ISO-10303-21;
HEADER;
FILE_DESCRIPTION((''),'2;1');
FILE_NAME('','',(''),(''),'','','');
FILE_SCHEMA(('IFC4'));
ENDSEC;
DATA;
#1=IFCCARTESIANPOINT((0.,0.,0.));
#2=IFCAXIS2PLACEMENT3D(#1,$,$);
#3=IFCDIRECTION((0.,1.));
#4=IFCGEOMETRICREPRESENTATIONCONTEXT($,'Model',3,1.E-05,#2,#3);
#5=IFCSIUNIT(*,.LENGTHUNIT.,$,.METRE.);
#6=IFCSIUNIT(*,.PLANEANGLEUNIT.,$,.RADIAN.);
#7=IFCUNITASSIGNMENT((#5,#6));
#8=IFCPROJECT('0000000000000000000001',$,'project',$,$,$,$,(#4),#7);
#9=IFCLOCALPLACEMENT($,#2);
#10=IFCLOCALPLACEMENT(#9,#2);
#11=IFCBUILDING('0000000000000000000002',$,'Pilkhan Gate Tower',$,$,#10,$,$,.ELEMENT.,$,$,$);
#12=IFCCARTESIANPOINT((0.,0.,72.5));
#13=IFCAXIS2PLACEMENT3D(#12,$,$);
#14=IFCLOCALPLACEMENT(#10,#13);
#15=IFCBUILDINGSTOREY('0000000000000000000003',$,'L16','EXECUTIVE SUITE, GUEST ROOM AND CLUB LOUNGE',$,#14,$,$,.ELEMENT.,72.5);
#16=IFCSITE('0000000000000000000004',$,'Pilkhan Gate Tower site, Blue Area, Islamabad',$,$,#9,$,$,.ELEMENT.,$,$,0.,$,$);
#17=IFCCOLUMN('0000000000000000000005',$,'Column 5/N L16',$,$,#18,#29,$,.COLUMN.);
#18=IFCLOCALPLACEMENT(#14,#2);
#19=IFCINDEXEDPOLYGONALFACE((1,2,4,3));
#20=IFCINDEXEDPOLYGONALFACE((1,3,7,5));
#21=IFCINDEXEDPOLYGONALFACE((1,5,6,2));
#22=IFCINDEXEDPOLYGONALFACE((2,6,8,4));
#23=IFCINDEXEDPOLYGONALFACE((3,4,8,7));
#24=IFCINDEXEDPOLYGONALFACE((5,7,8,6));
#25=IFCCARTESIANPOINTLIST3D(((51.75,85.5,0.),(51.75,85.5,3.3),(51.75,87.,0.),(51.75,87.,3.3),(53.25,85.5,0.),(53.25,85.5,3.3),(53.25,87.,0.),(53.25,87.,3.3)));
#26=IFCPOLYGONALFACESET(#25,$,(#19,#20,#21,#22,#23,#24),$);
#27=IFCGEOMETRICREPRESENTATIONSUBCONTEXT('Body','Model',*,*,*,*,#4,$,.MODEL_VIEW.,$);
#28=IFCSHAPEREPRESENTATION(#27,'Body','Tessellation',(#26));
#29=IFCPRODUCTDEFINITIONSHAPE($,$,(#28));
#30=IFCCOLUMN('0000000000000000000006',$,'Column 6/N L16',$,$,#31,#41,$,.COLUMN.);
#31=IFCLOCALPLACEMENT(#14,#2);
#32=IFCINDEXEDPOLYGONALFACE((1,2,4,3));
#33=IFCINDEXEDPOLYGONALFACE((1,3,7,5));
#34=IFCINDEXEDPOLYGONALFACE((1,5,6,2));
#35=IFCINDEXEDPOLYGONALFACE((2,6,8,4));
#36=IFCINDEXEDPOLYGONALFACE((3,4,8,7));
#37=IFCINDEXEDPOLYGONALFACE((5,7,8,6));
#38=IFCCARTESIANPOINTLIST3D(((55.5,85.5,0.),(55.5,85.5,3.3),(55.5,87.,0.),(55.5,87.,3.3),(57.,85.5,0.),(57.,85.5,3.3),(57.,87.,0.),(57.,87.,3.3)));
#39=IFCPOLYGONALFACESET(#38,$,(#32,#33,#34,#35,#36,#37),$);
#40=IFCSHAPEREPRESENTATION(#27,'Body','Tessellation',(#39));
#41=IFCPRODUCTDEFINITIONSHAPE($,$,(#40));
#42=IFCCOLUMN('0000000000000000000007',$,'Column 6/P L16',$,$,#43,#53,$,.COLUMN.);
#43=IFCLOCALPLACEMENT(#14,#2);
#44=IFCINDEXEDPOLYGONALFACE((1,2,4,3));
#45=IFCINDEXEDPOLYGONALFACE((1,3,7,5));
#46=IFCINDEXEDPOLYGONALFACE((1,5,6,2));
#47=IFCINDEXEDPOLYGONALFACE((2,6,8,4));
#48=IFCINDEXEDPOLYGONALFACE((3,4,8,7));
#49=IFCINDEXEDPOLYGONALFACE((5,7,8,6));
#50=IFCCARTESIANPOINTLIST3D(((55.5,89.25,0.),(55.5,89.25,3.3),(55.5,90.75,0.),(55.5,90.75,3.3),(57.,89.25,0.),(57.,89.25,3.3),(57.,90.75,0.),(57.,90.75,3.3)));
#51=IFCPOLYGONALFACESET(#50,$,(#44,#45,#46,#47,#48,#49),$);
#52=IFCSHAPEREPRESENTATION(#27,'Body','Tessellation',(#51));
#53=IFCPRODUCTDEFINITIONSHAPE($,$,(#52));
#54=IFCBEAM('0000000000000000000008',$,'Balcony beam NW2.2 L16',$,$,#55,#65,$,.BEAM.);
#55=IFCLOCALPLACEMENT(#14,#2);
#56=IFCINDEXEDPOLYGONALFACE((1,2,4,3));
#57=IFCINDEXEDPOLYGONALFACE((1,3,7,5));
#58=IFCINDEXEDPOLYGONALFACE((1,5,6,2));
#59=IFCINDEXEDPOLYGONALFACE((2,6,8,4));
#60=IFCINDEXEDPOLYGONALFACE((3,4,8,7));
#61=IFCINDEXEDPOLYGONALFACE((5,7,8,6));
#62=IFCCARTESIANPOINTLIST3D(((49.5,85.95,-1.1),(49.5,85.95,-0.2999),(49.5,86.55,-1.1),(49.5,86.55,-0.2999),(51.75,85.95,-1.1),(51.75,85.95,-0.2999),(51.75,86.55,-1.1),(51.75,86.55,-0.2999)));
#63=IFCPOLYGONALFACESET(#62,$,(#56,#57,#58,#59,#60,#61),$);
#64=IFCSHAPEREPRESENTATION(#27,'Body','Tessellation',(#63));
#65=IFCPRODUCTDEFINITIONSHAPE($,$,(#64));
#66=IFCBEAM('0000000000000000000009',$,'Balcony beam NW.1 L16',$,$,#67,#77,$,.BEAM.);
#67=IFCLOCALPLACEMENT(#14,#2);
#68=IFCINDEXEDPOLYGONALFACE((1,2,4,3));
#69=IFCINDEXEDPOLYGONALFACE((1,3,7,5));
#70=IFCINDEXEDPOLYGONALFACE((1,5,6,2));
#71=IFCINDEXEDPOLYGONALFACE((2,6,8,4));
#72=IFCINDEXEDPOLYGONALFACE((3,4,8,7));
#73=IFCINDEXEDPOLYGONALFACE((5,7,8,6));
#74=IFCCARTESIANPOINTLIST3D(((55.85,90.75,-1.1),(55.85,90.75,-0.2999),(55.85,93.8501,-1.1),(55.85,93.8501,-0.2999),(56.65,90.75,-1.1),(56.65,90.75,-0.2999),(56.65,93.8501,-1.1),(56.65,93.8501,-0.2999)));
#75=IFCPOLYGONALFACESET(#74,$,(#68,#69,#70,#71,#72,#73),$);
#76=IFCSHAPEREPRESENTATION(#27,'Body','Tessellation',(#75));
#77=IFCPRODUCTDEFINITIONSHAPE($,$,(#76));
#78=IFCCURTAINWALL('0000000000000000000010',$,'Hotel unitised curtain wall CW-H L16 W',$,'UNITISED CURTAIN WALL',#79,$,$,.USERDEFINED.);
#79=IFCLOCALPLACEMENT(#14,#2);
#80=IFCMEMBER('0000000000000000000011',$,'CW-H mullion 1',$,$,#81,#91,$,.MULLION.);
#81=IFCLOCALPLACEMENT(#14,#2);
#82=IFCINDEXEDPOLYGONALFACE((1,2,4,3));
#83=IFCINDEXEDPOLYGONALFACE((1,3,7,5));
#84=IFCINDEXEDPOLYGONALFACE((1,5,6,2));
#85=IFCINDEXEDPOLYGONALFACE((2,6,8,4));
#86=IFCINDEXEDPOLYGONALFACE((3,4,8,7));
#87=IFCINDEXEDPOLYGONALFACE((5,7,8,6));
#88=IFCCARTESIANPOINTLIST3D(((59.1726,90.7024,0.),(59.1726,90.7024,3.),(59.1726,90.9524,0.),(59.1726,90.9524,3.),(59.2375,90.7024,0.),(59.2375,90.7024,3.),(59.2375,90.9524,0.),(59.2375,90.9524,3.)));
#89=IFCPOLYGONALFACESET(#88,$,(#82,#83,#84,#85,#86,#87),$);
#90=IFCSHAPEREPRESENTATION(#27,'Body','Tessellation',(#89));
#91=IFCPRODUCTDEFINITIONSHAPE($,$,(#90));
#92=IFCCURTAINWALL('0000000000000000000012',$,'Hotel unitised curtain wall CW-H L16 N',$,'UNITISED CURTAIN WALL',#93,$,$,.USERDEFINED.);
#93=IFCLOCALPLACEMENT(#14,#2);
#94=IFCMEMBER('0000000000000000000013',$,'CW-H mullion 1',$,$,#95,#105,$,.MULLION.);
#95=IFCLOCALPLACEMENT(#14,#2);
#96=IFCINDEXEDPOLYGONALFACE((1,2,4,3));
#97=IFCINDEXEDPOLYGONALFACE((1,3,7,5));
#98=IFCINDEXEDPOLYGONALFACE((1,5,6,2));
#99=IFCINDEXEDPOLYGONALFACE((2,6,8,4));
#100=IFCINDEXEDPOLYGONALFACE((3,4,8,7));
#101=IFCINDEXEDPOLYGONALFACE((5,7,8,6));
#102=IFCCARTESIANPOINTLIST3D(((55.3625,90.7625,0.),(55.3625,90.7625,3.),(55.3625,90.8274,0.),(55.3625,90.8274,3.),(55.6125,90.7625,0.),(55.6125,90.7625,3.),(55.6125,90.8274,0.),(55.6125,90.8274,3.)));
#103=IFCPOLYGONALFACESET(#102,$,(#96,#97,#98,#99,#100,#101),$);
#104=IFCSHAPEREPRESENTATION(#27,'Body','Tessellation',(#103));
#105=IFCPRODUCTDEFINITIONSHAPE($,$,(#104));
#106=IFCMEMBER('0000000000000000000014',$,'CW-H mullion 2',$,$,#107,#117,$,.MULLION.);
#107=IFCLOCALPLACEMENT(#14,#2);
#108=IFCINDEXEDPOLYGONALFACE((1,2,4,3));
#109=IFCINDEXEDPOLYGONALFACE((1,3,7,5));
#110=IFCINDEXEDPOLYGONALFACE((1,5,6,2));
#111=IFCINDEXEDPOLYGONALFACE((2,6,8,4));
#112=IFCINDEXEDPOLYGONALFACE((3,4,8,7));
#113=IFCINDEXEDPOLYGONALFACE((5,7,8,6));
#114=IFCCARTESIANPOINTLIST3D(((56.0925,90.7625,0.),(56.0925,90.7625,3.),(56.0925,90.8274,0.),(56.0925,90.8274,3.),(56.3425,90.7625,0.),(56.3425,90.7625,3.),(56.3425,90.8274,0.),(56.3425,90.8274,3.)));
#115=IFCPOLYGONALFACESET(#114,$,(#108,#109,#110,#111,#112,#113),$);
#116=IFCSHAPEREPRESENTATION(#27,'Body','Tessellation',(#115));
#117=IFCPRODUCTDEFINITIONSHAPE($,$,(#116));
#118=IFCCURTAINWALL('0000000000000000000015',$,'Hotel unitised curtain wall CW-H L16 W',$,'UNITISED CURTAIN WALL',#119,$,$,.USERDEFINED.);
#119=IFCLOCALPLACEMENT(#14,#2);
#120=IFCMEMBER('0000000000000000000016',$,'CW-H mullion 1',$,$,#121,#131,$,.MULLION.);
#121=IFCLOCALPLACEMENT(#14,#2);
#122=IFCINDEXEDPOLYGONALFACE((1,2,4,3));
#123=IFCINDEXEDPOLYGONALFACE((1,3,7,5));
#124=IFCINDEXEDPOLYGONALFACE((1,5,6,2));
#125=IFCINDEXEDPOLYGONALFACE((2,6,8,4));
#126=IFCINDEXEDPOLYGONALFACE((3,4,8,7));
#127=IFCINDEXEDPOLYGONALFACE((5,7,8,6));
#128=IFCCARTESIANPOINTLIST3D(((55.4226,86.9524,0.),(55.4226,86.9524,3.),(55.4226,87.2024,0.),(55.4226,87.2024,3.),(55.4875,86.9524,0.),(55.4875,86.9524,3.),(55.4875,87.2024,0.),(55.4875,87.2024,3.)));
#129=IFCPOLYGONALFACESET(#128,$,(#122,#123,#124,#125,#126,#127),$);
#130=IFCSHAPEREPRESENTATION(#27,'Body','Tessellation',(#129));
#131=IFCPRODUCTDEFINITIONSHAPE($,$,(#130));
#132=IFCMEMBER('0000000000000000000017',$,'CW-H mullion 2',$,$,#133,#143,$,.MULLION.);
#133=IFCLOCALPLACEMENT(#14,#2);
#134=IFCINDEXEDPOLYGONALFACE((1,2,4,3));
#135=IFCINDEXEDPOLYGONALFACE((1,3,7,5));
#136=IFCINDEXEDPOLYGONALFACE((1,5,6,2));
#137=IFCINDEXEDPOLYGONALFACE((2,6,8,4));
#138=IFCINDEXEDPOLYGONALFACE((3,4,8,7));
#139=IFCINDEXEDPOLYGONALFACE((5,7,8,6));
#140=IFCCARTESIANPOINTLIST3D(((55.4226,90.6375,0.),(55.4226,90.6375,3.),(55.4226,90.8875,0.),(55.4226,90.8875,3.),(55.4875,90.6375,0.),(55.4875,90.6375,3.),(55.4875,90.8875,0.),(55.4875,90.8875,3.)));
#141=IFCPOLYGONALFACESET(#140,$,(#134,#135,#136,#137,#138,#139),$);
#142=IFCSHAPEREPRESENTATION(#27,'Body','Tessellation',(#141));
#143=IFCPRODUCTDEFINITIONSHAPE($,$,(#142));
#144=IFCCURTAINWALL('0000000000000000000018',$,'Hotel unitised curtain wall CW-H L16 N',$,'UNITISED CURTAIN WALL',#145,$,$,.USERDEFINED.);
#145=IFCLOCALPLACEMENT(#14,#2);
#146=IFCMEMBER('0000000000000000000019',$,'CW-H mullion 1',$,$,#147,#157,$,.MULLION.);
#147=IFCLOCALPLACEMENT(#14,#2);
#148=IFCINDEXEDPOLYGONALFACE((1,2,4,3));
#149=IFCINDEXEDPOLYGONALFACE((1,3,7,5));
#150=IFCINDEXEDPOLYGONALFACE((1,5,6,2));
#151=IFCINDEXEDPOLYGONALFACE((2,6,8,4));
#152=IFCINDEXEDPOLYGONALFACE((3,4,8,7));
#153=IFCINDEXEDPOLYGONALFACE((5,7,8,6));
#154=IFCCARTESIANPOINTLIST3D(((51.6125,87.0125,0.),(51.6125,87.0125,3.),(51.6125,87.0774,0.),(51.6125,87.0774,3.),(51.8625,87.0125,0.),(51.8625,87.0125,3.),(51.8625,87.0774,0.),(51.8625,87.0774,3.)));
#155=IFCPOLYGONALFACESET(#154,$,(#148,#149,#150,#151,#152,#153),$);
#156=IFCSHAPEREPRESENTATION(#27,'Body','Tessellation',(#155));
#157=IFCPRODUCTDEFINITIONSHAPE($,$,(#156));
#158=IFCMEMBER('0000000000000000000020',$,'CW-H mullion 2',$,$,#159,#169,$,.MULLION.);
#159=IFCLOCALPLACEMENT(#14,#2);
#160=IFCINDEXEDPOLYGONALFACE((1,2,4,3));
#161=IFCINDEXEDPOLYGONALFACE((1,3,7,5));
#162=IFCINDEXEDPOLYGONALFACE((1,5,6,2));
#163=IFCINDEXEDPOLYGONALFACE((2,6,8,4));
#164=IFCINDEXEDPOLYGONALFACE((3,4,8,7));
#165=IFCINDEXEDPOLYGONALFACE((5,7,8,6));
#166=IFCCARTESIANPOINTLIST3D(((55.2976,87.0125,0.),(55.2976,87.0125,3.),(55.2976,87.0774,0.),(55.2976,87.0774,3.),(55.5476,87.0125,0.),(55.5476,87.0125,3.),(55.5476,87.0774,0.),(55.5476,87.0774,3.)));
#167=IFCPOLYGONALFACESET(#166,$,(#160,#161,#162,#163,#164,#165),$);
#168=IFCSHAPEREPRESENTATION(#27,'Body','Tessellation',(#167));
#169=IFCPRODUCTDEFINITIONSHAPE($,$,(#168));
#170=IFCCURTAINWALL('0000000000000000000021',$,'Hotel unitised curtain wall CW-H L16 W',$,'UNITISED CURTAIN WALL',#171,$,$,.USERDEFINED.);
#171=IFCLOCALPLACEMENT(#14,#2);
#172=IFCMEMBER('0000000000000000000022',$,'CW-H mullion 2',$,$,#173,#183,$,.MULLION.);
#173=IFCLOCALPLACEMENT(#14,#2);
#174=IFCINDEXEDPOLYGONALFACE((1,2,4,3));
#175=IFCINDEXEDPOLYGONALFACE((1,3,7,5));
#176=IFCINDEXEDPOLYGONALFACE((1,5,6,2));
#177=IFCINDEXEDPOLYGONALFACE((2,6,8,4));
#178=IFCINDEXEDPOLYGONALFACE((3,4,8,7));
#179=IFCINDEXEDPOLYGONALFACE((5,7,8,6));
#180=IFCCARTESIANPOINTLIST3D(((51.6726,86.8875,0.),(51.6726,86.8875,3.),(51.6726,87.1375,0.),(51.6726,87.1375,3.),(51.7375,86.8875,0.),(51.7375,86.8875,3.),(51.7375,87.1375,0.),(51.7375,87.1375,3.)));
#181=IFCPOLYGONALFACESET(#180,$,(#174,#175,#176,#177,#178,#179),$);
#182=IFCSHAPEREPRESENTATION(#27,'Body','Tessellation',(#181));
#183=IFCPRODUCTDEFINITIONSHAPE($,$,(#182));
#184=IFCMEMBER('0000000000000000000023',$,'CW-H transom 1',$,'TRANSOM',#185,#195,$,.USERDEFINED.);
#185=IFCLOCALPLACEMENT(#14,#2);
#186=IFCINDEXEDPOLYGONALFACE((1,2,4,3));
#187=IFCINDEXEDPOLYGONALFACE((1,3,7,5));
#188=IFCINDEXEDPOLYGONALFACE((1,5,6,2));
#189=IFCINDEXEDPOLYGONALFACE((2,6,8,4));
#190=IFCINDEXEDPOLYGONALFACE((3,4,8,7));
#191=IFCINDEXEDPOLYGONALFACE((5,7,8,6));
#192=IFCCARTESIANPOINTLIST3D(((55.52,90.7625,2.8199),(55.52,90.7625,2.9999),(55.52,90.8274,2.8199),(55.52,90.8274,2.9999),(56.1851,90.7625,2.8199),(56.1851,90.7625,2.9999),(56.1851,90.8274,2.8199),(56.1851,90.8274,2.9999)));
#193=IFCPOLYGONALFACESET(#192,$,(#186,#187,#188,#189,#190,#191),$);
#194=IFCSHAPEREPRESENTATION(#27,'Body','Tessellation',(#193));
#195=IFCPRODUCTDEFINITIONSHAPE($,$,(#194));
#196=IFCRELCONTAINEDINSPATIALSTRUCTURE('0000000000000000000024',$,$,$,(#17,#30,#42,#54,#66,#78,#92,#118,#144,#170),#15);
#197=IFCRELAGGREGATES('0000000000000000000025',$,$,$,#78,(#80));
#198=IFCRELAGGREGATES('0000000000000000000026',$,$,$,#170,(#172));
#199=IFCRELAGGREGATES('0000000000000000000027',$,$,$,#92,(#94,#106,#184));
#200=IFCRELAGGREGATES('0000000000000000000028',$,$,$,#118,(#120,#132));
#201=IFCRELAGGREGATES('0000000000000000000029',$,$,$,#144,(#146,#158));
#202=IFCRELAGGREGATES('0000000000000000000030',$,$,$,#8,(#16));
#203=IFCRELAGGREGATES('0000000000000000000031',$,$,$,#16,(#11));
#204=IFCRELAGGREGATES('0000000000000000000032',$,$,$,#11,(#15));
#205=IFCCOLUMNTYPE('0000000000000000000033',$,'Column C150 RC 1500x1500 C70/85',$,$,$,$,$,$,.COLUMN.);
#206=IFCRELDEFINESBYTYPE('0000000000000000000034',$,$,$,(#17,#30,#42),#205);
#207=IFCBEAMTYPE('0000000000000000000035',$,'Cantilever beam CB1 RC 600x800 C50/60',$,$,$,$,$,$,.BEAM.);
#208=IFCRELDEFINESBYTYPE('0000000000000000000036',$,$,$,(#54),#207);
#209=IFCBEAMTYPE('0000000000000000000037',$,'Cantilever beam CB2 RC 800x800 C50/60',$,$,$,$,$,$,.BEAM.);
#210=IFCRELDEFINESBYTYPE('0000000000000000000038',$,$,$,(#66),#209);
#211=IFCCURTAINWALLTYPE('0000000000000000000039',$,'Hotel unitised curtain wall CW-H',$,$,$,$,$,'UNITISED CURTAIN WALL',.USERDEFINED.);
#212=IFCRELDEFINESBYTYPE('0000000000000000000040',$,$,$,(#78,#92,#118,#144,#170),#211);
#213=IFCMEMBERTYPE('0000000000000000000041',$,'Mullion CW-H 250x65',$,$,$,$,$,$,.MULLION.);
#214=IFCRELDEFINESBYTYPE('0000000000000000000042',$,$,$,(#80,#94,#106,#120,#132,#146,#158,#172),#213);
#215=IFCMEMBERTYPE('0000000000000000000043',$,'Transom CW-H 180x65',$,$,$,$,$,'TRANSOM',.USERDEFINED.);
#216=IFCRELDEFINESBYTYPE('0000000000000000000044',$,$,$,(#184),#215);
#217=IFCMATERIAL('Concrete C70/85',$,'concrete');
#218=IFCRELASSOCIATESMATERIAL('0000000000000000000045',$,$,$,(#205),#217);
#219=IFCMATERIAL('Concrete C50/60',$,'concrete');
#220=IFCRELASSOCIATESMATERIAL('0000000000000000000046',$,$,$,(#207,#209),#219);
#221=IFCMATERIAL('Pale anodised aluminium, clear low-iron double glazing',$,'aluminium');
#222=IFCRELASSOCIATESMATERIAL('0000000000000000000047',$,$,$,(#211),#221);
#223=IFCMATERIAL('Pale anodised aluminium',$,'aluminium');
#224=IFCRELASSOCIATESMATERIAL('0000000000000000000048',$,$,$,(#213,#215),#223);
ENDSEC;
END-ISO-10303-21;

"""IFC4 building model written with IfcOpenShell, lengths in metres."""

from ifc_helpers import new_model, si_unit, direction, frame, origin, origin_2d, place, context, subcontext, project, spatial, rectangle, extrude, material, material_profile, profile_set, type_object, element, aggregate, save


model = new_model("IFC4")

# Units and contexts
model_context = context("Model", 3, precision=1e-05, world=origin(), true_north=direction((0.0, 1.0)))
body_context = subcontext(model_context, "Body", "Model", "MODEL_VIEW")
ifc_project = project(units=[si_unit("LENGTHUNIT", "METRE"), si_unit("PLANEANGLEUNIT", "RADIAN")], contexts=[model_context])

# Site, building, storey
site_placement = place(None, origin())
site = spatial("IfcSite", under=ifc_project, at=site_placement, Name="Pilkhan Gate Tower site, Blue Area, Islamabad", CompositionType="ELEMENT", RefElevation=0.0)
building_placement = place(site_placement, origin())
building = spatial("IfcBuilding", under=site, at=building_placement, Name="Pilkhan Gate Tower", CompositionType="ELEMENT")
storey_placement = place(building_placement, frame((0.0, 0.0, 72.5)))
storey = spatial("IfcBuildingStorey", under=building, at=storey_placement, Name="L16", Description="EXECUTIVE SUITE, GUEST ROOM AND CLUB LOUNGE", CompositionType="ELEMENT", Elevation=72.5)

# Columns
ifc_material_1 = material(Name="Concrete C70/85", Category="concrete")
ifc_material_profile_1 = material_profile(ifc_material_1, rectangle(XDim=1.5, YDim=1.5, at=origin_2d()), Name="RC 1500x1500")
ifc_profile_set_1 = profile_set([ifc_material_profile_1], Name="Concrete C70/85")
column_type = type_object("IfcColumnType", Name="Column C150 RC 1500x1500 C70/85", PredefinedType="COLUMN", material=ifc_profile_set_1)
for number, where, z_axis, x_axis, name in (
    (1, (52.5, 86.25, 0.0), (0.0, 0.0, 1.0), (1.0, 0.0, 0.0), "Column 5/N L16"),
    (2, (56.25, 86.25, 0.0), (0.0, 0.0, 1.0), (1.0, 0.0, 0.0), "Column 6/N L16"),
    (3, (56.25, 90.0, 0.0), (0.0, 0.0, 1.0), (1.0, 0.0, 0.0), "Column 6/P L16"),
):
    element("IfcColumn", number, at=place(storey_placement, frame(where, z_axis=z_axis, x_axis=x_axis)), inside=storey, type_object=column_type, Name=name, PredefinedType="COLUMN", context=body_context, shape_type="SweptSolid", body=[
        extrude(rectangle(XDim=1.5, YDim=1.5, at=origin_2d()), origin(), (0.0, 0.0, 1.0), 3.3),
    ])

# Beams
ifc_material_2 = material(Name="Concrete C50/60", Category="concrete")
ifc_material_profile_2 = material_profile(ifc_material_2, rectangle(XDim=0.6001, YDim=0.8, at=origin_2d()), Name="RC 600x800")
ifc_profile_set_2 = profile_set([ifc_material_profile_2], Name="Concrete C50/60")
beam_type_1 = type_object("IfcBeamType", Name="Cantilever beam CB1 RC 600x800 C50/60", PredefinedType="BEAM", material=ifc_profile_set_2)
beam_1_placement = place(storey_placement, frame((51.75, 86.25, -0.7), z_axis=(-1.0, 0.0, 0.0), x_axis=(0.0, -1.0, 0.0)))
element("IfcBeam", 4, at=beam_1_placement, inside=storey, type_object=beam_type_1, Name="Balcony beam NW2.2 L16", PredefinedType="BEAM", context=body_context, shape_type="SweptSolid", body=[
    extrude(rectangle(XDim=0.6001, YDim=0.8, at=origin_2d()), origin(), (0.0, 0.0, 1.0), 2.25),
])
ifc_material_profile_3 = material_profile(ifc_material_2, rectangle(XDim=0.8, YDim=0.8, at=origin_2d()), Name="RC 800x800")
ifc_profile_set_3 = profile_set([ifc_material_profile_3], Name="Concrete C50/60")
beam_type_2 = type_object("IfcBeamType", Name="Cantilever beam CB2 RC 800x800 C50/60", PredefinedType="BEAM", material=ifc_profile_set_3)
beam_2_placement = place(storey_placement, frame((56.25, 90.75, -0.7), z_axis=(0.0, 1.0, 0.0), x_axis=(-1.0, 0.0, 0.0)))
element("IfcBeam", 5, at=beam_2_placement, inside=storey, type_object=beam_type_2, Name="Balcony beam NW.1 L16", PredefinedType="BEAM", context=body_context, shape_type="SweptSolid", body=[
    extrude(rectangle(XDim=0.8, YDim=0.8, at=origin_2d()), origin(), (0.0, 0.0, 1.0), 3.1001),
])

# Curtain wall, member
ifc_material_3 = material(Name="Pale anodised aluminium, clear low-iron double glazing", Category="aluminium")
curtain_wall_type = type_object("IfcCurtainWallType", Name="Hotel unitised curtain wall CW-H", ElementType="UNITISED CURTAIN WALL", PredefinedType="USERDEFINED", material=ifc_material_3)
curtain_wall_1_placement = place(storey_placement, origin())
curtain_wall_1 = element("IfcCurtainWall", 6, at=curtain_wall_1_placement, inside=storey, type_object=curtain_wall_type, Name="Hotel unitised curtain wall CW-H L16 W", ObjectType="UNITISED CURTAIN WALL", PredefinedType="USERDEFINED")
ifc_material_4 = material(Name="Pale anodised aluminium", Category="aluminium")
ifc_material_profile_4 = material_profile(ifc_material_4, rectangle(XDim=0.0649, YDim=0.25, at=origin_2d()), Name="Mullion 250x65")
ifc_profile_set_4 = profile_set([ifc_material_profile_4], Name="Pale anodised aluminium")
member_type_1 = type_object("IfcMemberType", Name="Mullion CW-H 250x65", PredefinedType="MULLION", material=ifc_profile_set_4)
member_1_placement = place(storey_placement, frame((59.2051, 90.8274, 0.0), z_axis=(0.0, 0.0, 1.0), x_axis=(-1.0, 0.0, 0.0)))
member_1 = element("IfcMember", 7, at=member_1_placement, type_object=member_type_1, Name="CW-H mullion 1", PredefinedType="MULLION", context=body_context, shape_type="SweptSolid", body=[
    extrude(rectangle(XDim=0.0649, YDim=0.25, at=origin_2d()), origin(), (0.0, 0.0, 1.0), 3.0),
])
aggregate(curtain_wall_1, [member_1])

# Curtain walls, members
curtain_wall_2_placement = place(storey_placement, origin())
curtain_wall_2 = element("IfcCurtainWall", 8, at=curtain_wall_2_placement, inside=storey, type_object=curtain_wall_type, Name="Hotel unitised curtain wall CW-H L16 N", ObjectType="UNITISED CURTAIN WALL", PredefinedType="USERDEFINED")
member_2_placement = place(storey_placement, frame((55.4875, 90.7949, 0.0), z_axis=(0.0, 0.0, 1.0), x_axis=(0.0, 1.0, 0.0)))
member_2 = element("IfcMember", 9, at=member_2_placement, type_object=member_type_1, Name="CW-H mullion 1", PredefinedType="MULLION", context=body_context, shape_type="SweptSolid", body=[
    extrude(rectangle(XDim=0.0649, YDim=0.25, at=origin_2d()), origin(), (0.0, 0.0, 1.0), 3.0),
])
member_3_placement = place(storey_placement, frame((56.2175, 90.7949, 0.0), z_axis=(0.0, 0.0, 1.0), x_axis=(0.0, 1.0, 0.0)))
member_3 = element("IfcMember", 10, at=member_3_placement, type_object=member_type_1, Name="CW-H mullion 2", PredefinedType="MULLION", context=body_context, shape_type="SweptSolid", body=[
    extrude(rectangle(XDim=0.0649, YDim=0.25, at=origin_2d()), origin(), (0.0, 0.0, 1.0), 3.0),
])
curtain_wall_3_placement = place(storey_placement, origin())
curtain_wall_3 = element("IfcCurtainWall", 11, at=curtain_wall_3_placement, inside=storey, type_object=curtain_wall_type, Name="Hotel unitised curtain wall CW-H L16 W", ObjectType="UNITISED CURTAIN WALL", PredefinedType="USERDEFINED")
member_4_placement = place(storey_placement, frame((55.4551, 87.0774, 0.0), z_axis=(0.0, 0.0, 1.0), x_axis=(-1.0, 0.0, 0.0)))
member_4 = element("IfcMember", 12, at=member_4_placement, type_object=member_type_1, Name="CW-H mullion 1", PredefinedType="MULLION", context=body_context, shape_type="SweptSolid", body=[
    extrude(rectangle(XDim=0.0649, YDim=0.25, at=origin_2d()), origin(), (0.0, 0.0, 1.0), 3.0),
])
member_5_placement = place(storey_placement, frame((55.4551, 90.7625, 0.0), z_axis=(0.0, 0.0, 1.0), x_axis=(-1.0, 0.0, 0.0)))
member_5 = element("IfcMember", 13, at=member_5_placement, type_object=member_type_1, Name="CW-H mullion 2", PredefinedType="MULLION", context=body_context, shape_type="SweptSolid", body=[
    extrude(rectangle(XDim=0.0649, YDim=0.25, at=origin_2d()), origin(), (0.0, 0.0, 1.0), 3.0),
])
curtain_wall_4_placement = place(storey_placement, origin())
curtain_wall_4 = element("IfcCurtainWall", 14, at=curtain_wall_4_placement, inside=storey, type_object=curtain_wall_type, Name="Hotel unitised curtain wall CW-H L16 N", ObjectType="UNITISED CURTAIN WALL", PredefinedType="USERDEFINED")
member_6_placement = place(storey_placement, frame((51.7375, 87.0449, 0.0), z_axis=(0.0, 0.0, 1.0), x_axis=(0.0, 1.0, 0.0)))
member_6 = element("IfcMember", 15, at=member_6_placement, type_object=member_type_1, Name="CW-H mullion 1", PredefinedType="MULLION", context=body_context, shape_type="SweptSolid", body=[
    extrude(rectangle(XDim=0.0649, YDim=0.25, at=origin_2d()), origin(), (0.0, 0.0, 1.0), 3.0),
])
member_7_placement = place(storey_placement, frame((55.4226, 87.0449, 0.0), z_axis=(0.0, 0.0, 1.0), x_axis=(0.0, 1.0, 0.0)))
member_7 = element("IfcMember", 16, at=member_7_placement, type_object=member_type_1, Name="CW-H mullion 2", PredefinedType="MULLION", context=body_context, shape_type="SweptSolid", body=[
    extrude(rectangle(XDim=0.0649, YDim=0.25, at=origin_2d()), origin(), (0.0, 0.0, 1.0), 3.0),
])

# Curtain wall, member
curtain_wall_5_placement = place(storey_placement, origin())
curtain_wall_5 = element("IfcCurtainWall", 17, at=curtain_wall_5_placement, inside=storey, type_object=curtain_wall_type, Name="Hotel unitised curtain wall CW-H L16 W", ObjectType="UNITISED CURTAIN WALL", PredefinedType="USERDEFINED")
member_8_placement = place(storey_placement, frame((51.7051, 87.0125, 0.0), z_axis=(0.0, 0.0, 1.0), x_axis=(-1.0, 0.0, 0.0)))
member_8 = element("IfcMember", 18, at=member_8_placement, type_object=member_type_1, Name="CW-H mullion 2", PredefinedType="MULLION", context=body_context, shape_type="SweptSolid", body=[
    extrude(rectangle(XDim=0.0649, YDim=0.25, at=origin_2d()), origin(), (0.0, 0.0, 1.0), 3.0),
])
aggregate(curtain_wall_5, [member_8])

# Member
ifc_material_profile_5 = material_profile(ifc_material_4, rectangle(XDim=0.0649, YDim=0.1799, at=origin_2d()), Name="Transom 180x65")
ifc_profile_set_5 = profile_set([ifc_material_profile_5], Name="Pale anodised aluminium")
member_type_2 = type_object("IfcMemberType", Name="Transom CW-H 180x65", ElementType="TRANSOM", PredefinedType="USERDEFINED", material=ifc_profile_set_5)
member_9_placement = place(storey_placement, frame((55.52, 90.7949, 2.9099), z_axis=(1.0, 0.0, 0.0), x_axis=(0.0, 1.0, 0.0)))
member_9 = element("IfcMember", 19, at=member_9_placement, type_object=member_type_2, Name="CW-H transom 1", ObjectType="TRANSOM", PredefinedType="USERDEFINED", context=body_context, shape_type="SweptSolid", body=[
    extrude(rectangle(XDim=0.0649, YDim=0.1799, at=origin_2d()), origin(), (0.0, 0.0, 1.0), 0.665),
])

aggregate(curtain_wall_2, [member_2, member_3, member_9])
aggregate(curtain_wall_3, [member_4, member_5])
aggregate(curtain_wall_4, [member_6, member_7])

save(model, "model.ifc")
